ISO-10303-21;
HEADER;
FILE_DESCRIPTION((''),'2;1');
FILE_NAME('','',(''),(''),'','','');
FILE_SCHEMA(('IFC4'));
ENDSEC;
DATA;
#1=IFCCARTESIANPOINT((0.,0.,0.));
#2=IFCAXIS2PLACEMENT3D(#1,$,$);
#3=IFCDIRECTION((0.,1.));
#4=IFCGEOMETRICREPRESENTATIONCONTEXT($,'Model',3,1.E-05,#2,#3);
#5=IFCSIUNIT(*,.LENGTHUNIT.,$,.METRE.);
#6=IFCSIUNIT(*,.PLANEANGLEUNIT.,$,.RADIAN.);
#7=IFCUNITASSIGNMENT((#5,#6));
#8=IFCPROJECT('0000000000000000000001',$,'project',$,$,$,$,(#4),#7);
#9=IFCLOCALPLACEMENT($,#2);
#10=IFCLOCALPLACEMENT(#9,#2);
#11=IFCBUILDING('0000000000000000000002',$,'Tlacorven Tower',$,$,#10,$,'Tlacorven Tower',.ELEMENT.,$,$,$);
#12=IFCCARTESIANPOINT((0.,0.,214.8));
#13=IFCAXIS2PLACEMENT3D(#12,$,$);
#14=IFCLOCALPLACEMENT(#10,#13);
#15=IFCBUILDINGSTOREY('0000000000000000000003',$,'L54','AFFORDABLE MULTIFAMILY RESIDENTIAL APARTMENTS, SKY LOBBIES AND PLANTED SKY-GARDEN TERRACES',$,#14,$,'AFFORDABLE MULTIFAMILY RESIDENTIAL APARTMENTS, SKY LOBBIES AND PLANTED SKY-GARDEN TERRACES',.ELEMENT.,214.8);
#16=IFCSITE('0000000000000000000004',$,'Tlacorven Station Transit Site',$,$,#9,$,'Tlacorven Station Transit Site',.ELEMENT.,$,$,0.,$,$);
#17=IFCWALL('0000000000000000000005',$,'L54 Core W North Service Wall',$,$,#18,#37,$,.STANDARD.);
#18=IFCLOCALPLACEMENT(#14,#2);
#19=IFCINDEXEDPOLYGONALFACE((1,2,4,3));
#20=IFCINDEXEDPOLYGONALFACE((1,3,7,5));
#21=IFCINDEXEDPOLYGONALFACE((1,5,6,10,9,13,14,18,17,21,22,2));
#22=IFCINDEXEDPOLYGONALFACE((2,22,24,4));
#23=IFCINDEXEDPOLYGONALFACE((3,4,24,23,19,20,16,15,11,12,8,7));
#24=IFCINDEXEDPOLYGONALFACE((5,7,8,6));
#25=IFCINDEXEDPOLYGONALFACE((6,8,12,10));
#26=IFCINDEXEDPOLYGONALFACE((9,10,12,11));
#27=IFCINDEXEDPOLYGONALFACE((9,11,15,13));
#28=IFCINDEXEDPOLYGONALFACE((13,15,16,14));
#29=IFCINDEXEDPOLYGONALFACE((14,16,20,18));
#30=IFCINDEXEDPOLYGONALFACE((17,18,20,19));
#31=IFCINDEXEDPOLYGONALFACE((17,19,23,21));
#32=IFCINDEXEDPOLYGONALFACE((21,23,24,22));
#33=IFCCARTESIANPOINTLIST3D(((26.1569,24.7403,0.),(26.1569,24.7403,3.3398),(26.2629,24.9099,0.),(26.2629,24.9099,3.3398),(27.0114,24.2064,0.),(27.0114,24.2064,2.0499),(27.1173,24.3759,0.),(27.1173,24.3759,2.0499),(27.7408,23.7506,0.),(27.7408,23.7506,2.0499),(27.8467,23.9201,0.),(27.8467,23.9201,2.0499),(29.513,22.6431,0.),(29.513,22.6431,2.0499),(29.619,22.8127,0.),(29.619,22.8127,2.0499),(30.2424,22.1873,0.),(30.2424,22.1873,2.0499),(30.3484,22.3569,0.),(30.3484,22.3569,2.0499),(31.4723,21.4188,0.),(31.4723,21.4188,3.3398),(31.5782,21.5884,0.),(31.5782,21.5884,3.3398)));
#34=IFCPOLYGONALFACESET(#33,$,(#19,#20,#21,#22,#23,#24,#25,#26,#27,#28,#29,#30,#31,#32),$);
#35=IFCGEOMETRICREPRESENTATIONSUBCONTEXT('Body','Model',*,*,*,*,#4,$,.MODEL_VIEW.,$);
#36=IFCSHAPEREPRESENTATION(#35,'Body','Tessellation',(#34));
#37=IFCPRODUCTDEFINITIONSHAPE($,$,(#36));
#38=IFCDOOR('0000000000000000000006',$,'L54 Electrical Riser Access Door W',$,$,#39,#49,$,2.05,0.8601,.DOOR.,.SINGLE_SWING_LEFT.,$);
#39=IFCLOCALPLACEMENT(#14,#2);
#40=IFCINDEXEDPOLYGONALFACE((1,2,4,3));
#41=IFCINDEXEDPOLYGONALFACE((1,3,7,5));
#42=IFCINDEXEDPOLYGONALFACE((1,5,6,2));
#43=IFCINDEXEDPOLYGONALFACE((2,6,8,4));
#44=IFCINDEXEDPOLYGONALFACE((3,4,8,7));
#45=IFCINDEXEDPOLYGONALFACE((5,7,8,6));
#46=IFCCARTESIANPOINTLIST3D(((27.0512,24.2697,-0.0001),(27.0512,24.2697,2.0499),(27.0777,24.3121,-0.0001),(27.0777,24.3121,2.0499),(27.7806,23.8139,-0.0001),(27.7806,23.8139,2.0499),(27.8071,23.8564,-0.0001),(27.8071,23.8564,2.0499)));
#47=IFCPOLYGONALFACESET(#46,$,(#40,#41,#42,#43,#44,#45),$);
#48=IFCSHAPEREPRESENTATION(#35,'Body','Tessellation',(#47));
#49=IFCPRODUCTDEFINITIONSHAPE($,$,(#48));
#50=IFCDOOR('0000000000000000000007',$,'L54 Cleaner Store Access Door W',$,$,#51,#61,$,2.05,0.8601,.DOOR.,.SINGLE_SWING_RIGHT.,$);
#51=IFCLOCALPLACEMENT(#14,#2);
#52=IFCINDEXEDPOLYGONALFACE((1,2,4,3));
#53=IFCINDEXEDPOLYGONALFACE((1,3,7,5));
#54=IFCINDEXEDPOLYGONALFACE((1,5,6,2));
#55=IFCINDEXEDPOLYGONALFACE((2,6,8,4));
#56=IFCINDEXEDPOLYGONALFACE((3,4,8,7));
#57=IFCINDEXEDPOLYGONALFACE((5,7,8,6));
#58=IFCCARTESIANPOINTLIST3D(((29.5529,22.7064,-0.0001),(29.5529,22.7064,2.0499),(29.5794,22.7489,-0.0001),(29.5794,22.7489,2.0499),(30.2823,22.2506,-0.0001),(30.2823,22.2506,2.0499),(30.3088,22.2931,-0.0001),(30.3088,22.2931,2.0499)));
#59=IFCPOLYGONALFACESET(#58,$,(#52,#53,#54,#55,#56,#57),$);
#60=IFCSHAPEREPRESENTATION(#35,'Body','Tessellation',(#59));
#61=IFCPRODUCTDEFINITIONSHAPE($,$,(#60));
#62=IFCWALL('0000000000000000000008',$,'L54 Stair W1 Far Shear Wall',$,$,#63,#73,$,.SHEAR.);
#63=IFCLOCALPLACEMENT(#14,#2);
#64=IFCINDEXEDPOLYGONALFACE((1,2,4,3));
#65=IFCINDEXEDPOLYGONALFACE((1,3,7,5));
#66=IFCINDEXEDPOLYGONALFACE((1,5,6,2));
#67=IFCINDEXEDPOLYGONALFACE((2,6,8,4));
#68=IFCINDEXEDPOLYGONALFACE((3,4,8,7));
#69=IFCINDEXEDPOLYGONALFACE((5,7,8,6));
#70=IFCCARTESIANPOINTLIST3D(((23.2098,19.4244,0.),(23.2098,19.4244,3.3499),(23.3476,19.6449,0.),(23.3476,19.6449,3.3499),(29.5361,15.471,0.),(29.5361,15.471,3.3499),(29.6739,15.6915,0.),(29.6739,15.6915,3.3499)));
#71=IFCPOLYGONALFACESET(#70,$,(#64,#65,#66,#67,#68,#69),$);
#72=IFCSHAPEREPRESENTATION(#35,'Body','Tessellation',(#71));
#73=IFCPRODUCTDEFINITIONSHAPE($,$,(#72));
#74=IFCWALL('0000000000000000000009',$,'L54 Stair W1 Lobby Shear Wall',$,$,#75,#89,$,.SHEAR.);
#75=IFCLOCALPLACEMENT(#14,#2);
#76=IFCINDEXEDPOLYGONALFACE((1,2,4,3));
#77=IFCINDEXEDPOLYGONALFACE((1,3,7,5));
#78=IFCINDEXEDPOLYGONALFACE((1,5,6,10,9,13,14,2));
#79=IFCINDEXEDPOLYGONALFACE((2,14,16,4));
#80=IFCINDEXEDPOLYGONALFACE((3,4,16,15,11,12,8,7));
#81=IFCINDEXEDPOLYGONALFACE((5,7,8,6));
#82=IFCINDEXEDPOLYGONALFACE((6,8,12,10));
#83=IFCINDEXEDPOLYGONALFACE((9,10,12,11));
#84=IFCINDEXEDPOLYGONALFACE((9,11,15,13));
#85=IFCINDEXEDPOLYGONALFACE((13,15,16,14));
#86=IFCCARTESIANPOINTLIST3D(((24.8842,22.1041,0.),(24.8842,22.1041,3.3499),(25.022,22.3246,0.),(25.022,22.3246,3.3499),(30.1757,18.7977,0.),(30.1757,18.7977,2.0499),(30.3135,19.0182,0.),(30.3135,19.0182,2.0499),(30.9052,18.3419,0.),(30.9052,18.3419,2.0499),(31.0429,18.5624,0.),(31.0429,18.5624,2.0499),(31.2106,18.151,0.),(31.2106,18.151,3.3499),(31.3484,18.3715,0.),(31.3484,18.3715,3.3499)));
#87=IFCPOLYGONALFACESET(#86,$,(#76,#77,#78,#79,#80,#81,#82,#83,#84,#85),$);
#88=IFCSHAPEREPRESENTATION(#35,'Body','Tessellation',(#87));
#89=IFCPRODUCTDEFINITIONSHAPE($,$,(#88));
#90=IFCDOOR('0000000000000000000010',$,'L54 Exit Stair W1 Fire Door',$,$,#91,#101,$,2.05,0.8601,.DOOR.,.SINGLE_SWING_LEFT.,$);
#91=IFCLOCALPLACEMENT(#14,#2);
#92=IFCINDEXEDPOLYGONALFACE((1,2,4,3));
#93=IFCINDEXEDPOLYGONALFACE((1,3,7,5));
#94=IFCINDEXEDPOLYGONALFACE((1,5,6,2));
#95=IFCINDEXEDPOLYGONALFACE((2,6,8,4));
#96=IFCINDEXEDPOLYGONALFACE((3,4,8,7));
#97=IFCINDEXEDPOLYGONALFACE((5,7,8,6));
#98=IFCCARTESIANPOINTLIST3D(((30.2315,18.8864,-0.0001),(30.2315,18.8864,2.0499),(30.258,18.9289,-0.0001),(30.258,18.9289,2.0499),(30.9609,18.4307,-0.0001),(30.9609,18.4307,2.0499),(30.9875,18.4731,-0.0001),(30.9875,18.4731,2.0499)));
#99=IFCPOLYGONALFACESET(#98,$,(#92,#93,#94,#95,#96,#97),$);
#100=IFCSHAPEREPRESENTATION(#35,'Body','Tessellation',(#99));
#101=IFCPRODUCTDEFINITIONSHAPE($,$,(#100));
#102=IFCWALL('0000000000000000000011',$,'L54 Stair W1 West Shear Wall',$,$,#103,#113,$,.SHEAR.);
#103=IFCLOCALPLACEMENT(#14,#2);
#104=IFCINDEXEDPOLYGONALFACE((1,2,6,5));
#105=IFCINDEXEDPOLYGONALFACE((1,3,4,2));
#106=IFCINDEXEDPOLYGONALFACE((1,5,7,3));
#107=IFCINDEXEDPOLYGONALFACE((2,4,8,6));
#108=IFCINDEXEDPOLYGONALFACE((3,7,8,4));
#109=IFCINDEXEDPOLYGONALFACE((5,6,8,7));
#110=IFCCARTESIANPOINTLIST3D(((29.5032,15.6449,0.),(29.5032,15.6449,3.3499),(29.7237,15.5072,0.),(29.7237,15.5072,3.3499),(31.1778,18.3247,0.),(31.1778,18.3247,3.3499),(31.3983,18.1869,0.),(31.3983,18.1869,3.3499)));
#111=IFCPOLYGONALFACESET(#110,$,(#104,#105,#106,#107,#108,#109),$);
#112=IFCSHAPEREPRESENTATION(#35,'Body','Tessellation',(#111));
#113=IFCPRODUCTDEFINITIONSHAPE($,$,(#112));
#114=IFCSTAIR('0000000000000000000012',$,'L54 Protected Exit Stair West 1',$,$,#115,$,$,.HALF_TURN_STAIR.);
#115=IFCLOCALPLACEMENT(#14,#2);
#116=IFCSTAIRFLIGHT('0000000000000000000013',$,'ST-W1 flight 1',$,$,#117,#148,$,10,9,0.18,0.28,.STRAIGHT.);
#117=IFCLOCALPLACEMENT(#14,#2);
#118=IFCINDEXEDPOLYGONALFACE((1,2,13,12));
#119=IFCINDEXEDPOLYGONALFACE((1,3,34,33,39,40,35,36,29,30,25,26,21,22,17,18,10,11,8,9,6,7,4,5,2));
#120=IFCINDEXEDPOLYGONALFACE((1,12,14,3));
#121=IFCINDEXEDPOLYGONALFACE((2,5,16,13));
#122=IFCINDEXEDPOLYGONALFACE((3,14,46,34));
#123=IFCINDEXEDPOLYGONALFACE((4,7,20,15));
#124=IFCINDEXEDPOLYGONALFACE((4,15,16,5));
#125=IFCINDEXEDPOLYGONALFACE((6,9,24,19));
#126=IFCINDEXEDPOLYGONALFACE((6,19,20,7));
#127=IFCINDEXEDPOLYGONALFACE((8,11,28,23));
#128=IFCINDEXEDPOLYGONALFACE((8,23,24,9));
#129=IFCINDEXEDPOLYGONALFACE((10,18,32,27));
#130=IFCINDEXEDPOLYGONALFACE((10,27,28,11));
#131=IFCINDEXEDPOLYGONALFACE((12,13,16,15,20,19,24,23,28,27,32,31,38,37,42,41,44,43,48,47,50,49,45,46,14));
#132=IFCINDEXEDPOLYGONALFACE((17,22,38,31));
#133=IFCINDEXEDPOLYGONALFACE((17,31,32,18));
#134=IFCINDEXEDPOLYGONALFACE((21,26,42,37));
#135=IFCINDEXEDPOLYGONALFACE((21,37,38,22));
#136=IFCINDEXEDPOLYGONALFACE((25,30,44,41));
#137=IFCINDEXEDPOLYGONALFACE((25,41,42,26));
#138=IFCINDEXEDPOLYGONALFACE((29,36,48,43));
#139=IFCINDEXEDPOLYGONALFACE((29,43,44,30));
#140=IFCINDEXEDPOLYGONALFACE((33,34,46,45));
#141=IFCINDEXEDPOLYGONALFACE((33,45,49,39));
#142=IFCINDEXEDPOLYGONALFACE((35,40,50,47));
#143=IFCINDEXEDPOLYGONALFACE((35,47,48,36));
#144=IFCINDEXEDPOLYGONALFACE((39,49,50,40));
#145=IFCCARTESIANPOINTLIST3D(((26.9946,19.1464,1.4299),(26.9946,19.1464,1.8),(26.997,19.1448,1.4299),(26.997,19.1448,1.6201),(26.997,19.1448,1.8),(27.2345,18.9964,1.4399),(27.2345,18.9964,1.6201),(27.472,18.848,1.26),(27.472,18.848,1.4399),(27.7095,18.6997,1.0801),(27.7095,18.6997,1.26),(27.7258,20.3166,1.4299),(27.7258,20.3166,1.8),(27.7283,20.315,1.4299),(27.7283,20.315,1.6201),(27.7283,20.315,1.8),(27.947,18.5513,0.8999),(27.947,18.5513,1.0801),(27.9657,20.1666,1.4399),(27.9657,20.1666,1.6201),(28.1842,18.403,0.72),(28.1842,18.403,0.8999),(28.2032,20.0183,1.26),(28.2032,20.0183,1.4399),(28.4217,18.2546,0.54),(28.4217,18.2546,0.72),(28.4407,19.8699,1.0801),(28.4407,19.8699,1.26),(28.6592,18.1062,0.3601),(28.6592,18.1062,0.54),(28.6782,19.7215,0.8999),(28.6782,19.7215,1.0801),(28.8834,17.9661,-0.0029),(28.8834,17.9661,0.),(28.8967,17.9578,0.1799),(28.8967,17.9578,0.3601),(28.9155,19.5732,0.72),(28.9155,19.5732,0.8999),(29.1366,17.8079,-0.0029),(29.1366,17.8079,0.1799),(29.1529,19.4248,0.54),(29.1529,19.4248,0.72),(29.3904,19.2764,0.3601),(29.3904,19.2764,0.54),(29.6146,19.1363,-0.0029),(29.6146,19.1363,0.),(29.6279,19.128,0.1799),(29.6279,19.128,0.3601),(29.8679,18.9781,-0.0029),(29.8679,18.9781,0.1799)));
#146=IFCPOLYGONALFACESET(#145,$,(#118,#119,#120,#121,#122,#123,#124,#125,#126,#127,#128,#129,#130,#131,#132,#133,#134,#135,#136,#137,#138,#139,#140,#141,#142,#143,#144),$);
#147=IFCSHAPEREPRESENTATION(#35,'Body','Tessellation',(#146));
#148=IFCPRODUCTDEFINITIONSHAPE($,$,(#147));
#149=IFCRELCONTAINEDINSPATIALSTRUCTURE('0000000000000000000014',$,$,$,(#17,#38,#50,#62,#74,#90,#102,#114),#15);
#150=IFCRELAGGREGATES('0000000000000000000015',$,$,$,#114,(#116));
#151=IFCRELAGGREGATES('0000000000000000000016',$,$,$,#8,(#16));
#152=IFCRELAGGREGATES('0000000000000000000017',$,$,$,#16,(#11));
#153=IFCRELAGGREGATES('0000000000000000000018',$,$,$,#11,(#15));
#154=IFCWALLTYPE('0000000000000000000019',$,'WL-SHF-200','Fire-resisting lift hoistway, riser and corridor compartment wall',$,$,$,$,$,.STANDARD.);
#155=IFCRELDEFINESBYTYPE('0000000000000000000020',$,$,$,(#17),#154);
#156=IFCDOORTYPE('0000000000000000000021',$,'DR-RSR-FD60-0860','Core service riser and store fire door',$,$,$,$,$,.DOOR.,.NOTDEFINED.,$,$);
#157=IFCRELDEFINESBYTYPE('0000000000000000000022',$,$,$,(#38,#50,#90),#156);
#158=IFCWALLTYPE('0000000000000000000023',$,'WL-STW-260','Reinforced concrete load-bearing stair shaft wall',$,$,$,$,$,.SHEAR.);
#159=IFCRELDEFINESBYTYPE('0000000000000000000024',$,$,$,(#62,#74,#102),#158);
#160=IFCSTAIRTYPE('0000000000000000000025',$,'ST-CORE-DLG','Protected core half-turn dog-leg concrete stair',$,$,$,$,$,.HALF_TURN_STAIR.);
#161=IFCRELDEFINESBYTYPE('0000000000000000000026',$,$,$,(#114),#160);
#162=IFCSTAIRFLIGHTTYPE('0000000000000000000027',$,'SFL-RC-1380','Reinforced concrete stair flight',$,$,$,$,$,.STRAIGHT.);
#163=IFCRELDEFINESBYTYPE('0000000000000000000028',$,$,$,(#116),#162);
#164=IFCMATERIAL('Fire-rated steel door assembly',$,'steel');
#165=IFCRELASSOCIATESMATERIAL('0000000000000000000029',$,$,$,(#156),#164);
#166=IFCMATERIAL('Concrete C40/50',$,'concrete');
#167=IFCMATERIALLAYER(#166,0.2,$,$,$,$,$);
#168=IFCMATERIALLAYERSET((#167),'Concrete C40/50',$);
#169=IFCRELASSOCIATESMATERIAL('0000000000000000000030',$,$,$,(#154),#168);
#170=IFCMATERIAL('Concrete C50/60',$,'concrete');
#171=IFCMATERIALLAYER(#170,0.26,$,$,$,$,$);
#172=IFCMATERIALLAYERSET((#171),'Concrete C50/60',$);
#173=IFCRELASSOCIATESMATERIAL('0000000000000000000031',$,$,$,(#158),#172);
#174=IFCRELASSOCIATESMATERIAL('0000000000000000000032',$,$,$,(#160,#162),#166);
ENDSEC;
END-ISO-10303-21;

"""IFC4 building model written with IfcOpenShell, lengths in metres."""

from ifc_helpers import new_model, si_unit, direction, frame, frame_2d, origin, place, context, subcontext, project, spatial, polyline, rectangle, outline, extrude, source, transform, mapped, material, layer, layer_set, type_object, element, fill, aggregate, save


model = new_model("IFC4")

# Units and contexts
model_context = context("Model", 3, precision=1e-05, world=origin(), true_north=direction((0.0, 1.0)))
body_context = subcontext(model_context, "Body", "Model", "MODEL_VIEW")
ifc_project = project(units=[si_unit("LENGTHUNIT", "METRE"), si_unit("PLANEANGLEUNIT", "RADIAN")], contexts=[model_context])

# Site, building, storey
site_placement = place(None, origin())
site = spatial("IfcSite", under=ifc_project, at=site_placement, Name="Tlacorven Station Transit Site", LongName="Tlacorven Station Transit Site", CompositionType="ELEMENT", RefElevation=0.0)
building_placement = place(site_placement, origin())
building = spatial("IfcBuilding", under=site, at=building_placement, Name="Tlacorven Tower", LongName="Tlacorven Tower", CompositionType="ELEMENT")
storey_placement = place(building_placement, frame((0.0, 0.0, 214.8)))
storey = spatial("IfcBuildingStorey", under=building, at=storey_placement, Name="L54", Description="AFFORDABLE MULTIFAMILY RESIDENTIAL APARTMENTS, SKY LOBBIES AND PLANTED SKY-GARDEN TERRACES", LongName="AFFORDABLE MULTIFAMILY RESIDENTIAL APARTMENTS, SKY LOBBIES AND PLANTED SKY-GARDEN TERRACES", CompositionType="ELEMENT", Elevation=214.8)

# Shared definitions
ifc_material_1 = material(Name="Fire-rated steel door assembly", Category="steel")
door_type_1 = type_object("IfcDoorType", Name="DR-RSR-FD60-0860", Description="Core service riser and store fire door", OperationType="NOTDEFINED", PredefinedType="DOOR", material=ifc_material_1)
shared_shape_1 = source(origin(), body_context, "Body", "SweptSolid", [
    extrude(rectangle(XDim=0.8601, YDim=2.05, at=frame_2d((0.4302, 1.0249))), frame((0.0, 0.0249, 0.0), z_axis=(0.0, -1.0, 0.0), x_axis=(1.0, 0.0, 0.0)), (0.0, 0.0, 1.0), 0.05),
])

# Shared definitions
ifc_material_2 = material(Name="Concrete C40/50", Category="concrete")
ifc_layer_1 = layer(ifc_material_2, 0.2)
ifc_layer_set_1 = layer_set([ifc_layer_1], Name="Concrete C40/50")
wall_type_1 = type_object("IfcWallType", Name="WL-SHF-200", Description="Fire-resisting lift hoistway, riser and corridor compartment wall", PredefinedType="STANDARD", material=ifc_layer_set_1)

# Wall, openings, doors
wall_1_placement = place(storey_placement, frame((31.5251, 21.5037, 0.0), z_axis=(0.0, 0.0, 1.0), x_axis=(-0.848042, 0.529929, 0.0)))
wall_1 = element("IfcWall", 1, at=wall_1_placement, inside=storey, type_object=wall_type_1, Name="L54 Core W North Service Wall", PredefinedType="STANDARD", context=body_context, shape_type="SweptSolid", body=[
    extrude(rectangle(XDim=6.2678, YDim=0.2, at=frame_2d((3.1338, 0.0))), origin(), (0.0, 0.0, 1.0), 3.3398),
])
opening_1_placement = place(wall_1_placement, frame((4.3999, 0.0, 0.0)))
opening_1 = element("IfcOpeningElement", 2, at=opening_1_placement, cuts=wall_1, PredefinedType="OPENING", context=body_context, shape_type="SweptSolid", body=[
    extrude(rectangle(XDim=0.8601, YDim=2.05, at=frame_2d((0.4302, 1.0249))), frame((0.0, 0.1099, 0.0), z_axis=(0.0, -1.0, 0.0), x_axis=(1.0, 0.0, 0.0)), (0.0, 0.0, 1.0), 0.22),
])
opening_2_placement = place(wall_1_placement, frame((1.45, 0.0, 0.0)))
opening_2 = element("IfcOpeningElement", 3, at=opening_2_placement, cuts=wall_1, PredefinedType="OPENING", context=body_context, shape_type="SweptSolid", body=[
    extrude(rectangle(XDim=0.8601, YDim=2.05, at=frame_2d((0.4302, 1.0249))), frame((0.0, 0.1099, 0.0), z_axis=(0.0, -1.0, 0.0), x_axis=(1.0, 0.0, 0.0)), (0.0, 0.0, 1.0), 0.22),
])
door_1_placement = place(opening_1_placement, frame((0.8601, 0.0, 0.0), z_axis=(0.0, 0.0, 1.0), x_axis=(-1.0, 0.0, 0.0)))
door_1 = element("IfcDoor", 4, at=door_1_placement, inside=storey, type_object=door_type_1, Name="L54 Electrical Riser Access Door W", OperationType="SINGLE_SWING_LEFT", OverallHeight=2.05, OverallWidth=0.8601, PredefinedType="DOOR", context=body_context, shape_type="MappedRepresentation", body=[
    mapped(shared_shape_1, transform((0.0, 0.0, 0.0), scale=1.0)),
])
fill(opening_1, door_1)
door_2_placement = place(opening_2_placement, frame((0.8601, 0.0, 0.0), z_axis=(0.0, 0.0, 1.0), x_axis=(-1.0, 0.0, 0.0)))
door_2 = element("IfcDoor", 5, at=door_2_placement, inside=storey, type_object=door_type_1, Name="L54 Cleaner Store Access Door W", OperationType="SINGLE_SWING_RIGHT", OverallHeight=2.05, OverallWidth=0.8601, PredefinedType="DOOR", context=body_context, shape_type="MappedRepresentation", body=[
    mapped(shared_shape_1, transform((0.0, 0.0, 0.0), scale=1.0)),
])
fill(opening_2, door_2)

# Wall
ifc_material_3 = material(Name="Concrete C50/60", Category="concrete")
ifc_layer_2 = layer(ifc_material_3, 0.26)
ifc_layer_set_2 = layer_set([ifc_layer_2], Name="Concrete C50/60")
wall_type_2 = type_object("IfcWallType", Name="WL-STW-260", Description="Reinforced concrete load-bearing stair shaft wall", PredefinedType="SHEAR", material=ifc_layer_set_2)
wall_2_placement = place(storey_placement, frame((29.605, 15.5813, 0.0), z_axis=(0.0, 0.0, 1.0), x_axis=(-0.848037, 0.529937, 0.0)))
element("IfcWall", 6, at=wall_2_placement, inside=storey, type_object=wall_type_2, Name="L54 Stair W1 Far Shear Wall", PredefinedType="SHEAR", context=body_context, shape_type="SweptSolid", body=[
    extrude(rectangle(XDim=7.46, YDim=0.26, at=frame_2d((3.73, 0.0))), origin(), (0.0, 0.0, 1.0), 3.3499),
])

# Wall, opening, door
wall_3_placement = place(storey_placement, frame((31.2795, 18.2612, 0.0), z_axis=(0.0, 0.0, 1.0), x_axis=(-0.848052, 0.529914, 0.0)))
wall_3 = element("IfcWall", 7, at=wall_3_placement, inside=storey, type_object=wall_type_2, Name="L54 Stair W1 Lobby Shear Wall", PredefinedType="SHEAR", context=body_context, shape_type="SweptSolid", body=[
    extrude(rectangle(XDim=7.46, YDim=0.26, at=frame_2d((3.73, 0.0))), origin(), (0.0, 0.0, 1.0), 3.3499),
])
opening_3_placement = place(wall_3_placement, frame((0.3601, 0.0, 0.0)))
opening_3 = element("IfcOpeningElement", 8, at=opening_3_placement, cuts=wall_3, PredefinedType="OPENING", context=body_context, shape_type="SweptSolid", body=[
    extrude(rectangle(XDim=0.8601, YDim=2.05, at=frame_2d((0.4302, 1.0249))), frame((0.0, 0.1401, 0.0), z_axis=(0.0, -1.0, 0.0), x_axis=(1.0, 0.0, 0.0)), (0.0, 0.0, 1.0), 0.28),
])
door_3_placement = place(opening_3_placement, frame((0.8601, 0.0, 0.0), z_axis=(0.0, 0.0, 1.0), x_axis=(-1.0, 0.0, 0.0)))
door_3 = element("IfcDoor", 9, at=door_3_placement, inside=storey, type_object=door_type_1, Name="L54 Exit Stair W1 Fire Door", OperationType="SINGLE_SWING_LEFT", OverallHeight=2.05, OverallWidth=0.8601, PredefinedType="DOOR", context=body_context, shape_type="MappedRepresentation", body=[
    mapped(shared_shape_1, transform((0.0, 0.0, 0.0), scale=1.0)),
])
fill(opening_3, door_3)

# Wall
wall_4_placement = place(storey_placement, frame((31.2881, 18.2559, 0.0), z_axis=(0.0, 0.0, 1.0), x_axis=(-0.529943, -0.848033, 0.0)))
element("IfcWall", 10, at=wall_4_placement, inside=storey, type_object=wall_type_2, Name="L54 Stair W1 West Shear Wall", PredefinedType="SHEAR", context=body_context, shape_type="SweptSolid", body=[
    extrude(rectangle(XDim=3.1599, YDim=0.26, at=frame_2d((1.5801, 0.0))), origin(), (0.0, 0.0, 1.0), 3.3499),
])

# Stair, stair flight
stair_type = type_object("IfcStairType", Name="ST-CORE-DLG", Description="Protected core half-turn dog-leg concrete stair", PredefinedType="HALF_TURN_STAIR", material=ifc_material_2)
stair_placement = place(storey_placement, origin())
stair = element("IfcStair", 11, at=stair_placement, inside=storey, type_object=stair_type, Name="L54 Protected Exit Stair West 1", PredefinedType="HALF_TURN_STAIR")
stair_flight_type = type_object("IfcStairFlightType", Name="SFL-RC-1380", Description="Reinforced concrete stair flight", PredefinedType="STRAIGHT", material=ifc_material_2)
shared_shape_2 = source(origin(), body_context, "Body", "SweptSolid", [
    extrude(outline(polyline([(-0.0029, -0.0029), (-0.0029, 0.1799), (0.28, 0.1799), (0.28, 0.3601), (0.5601, 0.3601), (0.5601, 0.54), (0.8401, 0.54), (0.8401, 0.72), (1.1201, 0.72), (1.1201, 0.8999), (1.3999, 0.8999), (1.3999, 1.0801), (1.6799, 1.0801), (1.6799, 1.26), (1.96, 1.26), (1.96, 1.4399), (2.24, 1.4399), (2.24, 1.6201), (2.52, 1.6201), (2.52, 1.8), (2.5229, 1.8), (2.5229, 1.4299), (2.52, 1.4299), (0.2957, 0.0), (0.2957, -0.0029), (-0.0029, -0.0029)])), frame((0.0, 0.6899, 0.0), z_axis=(0.0, -1.0, 0.0), x_axis=(1.0, 0.0, 0.0)), (0.0, 0.0, 1.0), 1.3799),
])
stair_flight_1_placement = place(storey_placement, frame((29.4998, 18.3945, 0.0), z_axis=(0.0, 0.0, 1.0), x_axis=(-0.848048, 0.529919, 0.0)))
stair_flight_1 = element("IfcStairFlight", 12, at=stair_flight_1_placement, type_object=stair_flight_type, Name="ST-W1 flight 1", NumberOfRisers=10, NumberOfTreads=9, PredefinedType="STRAIGHT", RiserHeight=0.18, TreadLength=0.28, context=body_context, shape_type="MappedRepresentation", body=[
    mapped(shared_shape_2, transform((0.0, 0.0, 0.0), scale=1.0)),
])
aggregate(stair, [stair_flight_1])

save(model, "model.ifc")
